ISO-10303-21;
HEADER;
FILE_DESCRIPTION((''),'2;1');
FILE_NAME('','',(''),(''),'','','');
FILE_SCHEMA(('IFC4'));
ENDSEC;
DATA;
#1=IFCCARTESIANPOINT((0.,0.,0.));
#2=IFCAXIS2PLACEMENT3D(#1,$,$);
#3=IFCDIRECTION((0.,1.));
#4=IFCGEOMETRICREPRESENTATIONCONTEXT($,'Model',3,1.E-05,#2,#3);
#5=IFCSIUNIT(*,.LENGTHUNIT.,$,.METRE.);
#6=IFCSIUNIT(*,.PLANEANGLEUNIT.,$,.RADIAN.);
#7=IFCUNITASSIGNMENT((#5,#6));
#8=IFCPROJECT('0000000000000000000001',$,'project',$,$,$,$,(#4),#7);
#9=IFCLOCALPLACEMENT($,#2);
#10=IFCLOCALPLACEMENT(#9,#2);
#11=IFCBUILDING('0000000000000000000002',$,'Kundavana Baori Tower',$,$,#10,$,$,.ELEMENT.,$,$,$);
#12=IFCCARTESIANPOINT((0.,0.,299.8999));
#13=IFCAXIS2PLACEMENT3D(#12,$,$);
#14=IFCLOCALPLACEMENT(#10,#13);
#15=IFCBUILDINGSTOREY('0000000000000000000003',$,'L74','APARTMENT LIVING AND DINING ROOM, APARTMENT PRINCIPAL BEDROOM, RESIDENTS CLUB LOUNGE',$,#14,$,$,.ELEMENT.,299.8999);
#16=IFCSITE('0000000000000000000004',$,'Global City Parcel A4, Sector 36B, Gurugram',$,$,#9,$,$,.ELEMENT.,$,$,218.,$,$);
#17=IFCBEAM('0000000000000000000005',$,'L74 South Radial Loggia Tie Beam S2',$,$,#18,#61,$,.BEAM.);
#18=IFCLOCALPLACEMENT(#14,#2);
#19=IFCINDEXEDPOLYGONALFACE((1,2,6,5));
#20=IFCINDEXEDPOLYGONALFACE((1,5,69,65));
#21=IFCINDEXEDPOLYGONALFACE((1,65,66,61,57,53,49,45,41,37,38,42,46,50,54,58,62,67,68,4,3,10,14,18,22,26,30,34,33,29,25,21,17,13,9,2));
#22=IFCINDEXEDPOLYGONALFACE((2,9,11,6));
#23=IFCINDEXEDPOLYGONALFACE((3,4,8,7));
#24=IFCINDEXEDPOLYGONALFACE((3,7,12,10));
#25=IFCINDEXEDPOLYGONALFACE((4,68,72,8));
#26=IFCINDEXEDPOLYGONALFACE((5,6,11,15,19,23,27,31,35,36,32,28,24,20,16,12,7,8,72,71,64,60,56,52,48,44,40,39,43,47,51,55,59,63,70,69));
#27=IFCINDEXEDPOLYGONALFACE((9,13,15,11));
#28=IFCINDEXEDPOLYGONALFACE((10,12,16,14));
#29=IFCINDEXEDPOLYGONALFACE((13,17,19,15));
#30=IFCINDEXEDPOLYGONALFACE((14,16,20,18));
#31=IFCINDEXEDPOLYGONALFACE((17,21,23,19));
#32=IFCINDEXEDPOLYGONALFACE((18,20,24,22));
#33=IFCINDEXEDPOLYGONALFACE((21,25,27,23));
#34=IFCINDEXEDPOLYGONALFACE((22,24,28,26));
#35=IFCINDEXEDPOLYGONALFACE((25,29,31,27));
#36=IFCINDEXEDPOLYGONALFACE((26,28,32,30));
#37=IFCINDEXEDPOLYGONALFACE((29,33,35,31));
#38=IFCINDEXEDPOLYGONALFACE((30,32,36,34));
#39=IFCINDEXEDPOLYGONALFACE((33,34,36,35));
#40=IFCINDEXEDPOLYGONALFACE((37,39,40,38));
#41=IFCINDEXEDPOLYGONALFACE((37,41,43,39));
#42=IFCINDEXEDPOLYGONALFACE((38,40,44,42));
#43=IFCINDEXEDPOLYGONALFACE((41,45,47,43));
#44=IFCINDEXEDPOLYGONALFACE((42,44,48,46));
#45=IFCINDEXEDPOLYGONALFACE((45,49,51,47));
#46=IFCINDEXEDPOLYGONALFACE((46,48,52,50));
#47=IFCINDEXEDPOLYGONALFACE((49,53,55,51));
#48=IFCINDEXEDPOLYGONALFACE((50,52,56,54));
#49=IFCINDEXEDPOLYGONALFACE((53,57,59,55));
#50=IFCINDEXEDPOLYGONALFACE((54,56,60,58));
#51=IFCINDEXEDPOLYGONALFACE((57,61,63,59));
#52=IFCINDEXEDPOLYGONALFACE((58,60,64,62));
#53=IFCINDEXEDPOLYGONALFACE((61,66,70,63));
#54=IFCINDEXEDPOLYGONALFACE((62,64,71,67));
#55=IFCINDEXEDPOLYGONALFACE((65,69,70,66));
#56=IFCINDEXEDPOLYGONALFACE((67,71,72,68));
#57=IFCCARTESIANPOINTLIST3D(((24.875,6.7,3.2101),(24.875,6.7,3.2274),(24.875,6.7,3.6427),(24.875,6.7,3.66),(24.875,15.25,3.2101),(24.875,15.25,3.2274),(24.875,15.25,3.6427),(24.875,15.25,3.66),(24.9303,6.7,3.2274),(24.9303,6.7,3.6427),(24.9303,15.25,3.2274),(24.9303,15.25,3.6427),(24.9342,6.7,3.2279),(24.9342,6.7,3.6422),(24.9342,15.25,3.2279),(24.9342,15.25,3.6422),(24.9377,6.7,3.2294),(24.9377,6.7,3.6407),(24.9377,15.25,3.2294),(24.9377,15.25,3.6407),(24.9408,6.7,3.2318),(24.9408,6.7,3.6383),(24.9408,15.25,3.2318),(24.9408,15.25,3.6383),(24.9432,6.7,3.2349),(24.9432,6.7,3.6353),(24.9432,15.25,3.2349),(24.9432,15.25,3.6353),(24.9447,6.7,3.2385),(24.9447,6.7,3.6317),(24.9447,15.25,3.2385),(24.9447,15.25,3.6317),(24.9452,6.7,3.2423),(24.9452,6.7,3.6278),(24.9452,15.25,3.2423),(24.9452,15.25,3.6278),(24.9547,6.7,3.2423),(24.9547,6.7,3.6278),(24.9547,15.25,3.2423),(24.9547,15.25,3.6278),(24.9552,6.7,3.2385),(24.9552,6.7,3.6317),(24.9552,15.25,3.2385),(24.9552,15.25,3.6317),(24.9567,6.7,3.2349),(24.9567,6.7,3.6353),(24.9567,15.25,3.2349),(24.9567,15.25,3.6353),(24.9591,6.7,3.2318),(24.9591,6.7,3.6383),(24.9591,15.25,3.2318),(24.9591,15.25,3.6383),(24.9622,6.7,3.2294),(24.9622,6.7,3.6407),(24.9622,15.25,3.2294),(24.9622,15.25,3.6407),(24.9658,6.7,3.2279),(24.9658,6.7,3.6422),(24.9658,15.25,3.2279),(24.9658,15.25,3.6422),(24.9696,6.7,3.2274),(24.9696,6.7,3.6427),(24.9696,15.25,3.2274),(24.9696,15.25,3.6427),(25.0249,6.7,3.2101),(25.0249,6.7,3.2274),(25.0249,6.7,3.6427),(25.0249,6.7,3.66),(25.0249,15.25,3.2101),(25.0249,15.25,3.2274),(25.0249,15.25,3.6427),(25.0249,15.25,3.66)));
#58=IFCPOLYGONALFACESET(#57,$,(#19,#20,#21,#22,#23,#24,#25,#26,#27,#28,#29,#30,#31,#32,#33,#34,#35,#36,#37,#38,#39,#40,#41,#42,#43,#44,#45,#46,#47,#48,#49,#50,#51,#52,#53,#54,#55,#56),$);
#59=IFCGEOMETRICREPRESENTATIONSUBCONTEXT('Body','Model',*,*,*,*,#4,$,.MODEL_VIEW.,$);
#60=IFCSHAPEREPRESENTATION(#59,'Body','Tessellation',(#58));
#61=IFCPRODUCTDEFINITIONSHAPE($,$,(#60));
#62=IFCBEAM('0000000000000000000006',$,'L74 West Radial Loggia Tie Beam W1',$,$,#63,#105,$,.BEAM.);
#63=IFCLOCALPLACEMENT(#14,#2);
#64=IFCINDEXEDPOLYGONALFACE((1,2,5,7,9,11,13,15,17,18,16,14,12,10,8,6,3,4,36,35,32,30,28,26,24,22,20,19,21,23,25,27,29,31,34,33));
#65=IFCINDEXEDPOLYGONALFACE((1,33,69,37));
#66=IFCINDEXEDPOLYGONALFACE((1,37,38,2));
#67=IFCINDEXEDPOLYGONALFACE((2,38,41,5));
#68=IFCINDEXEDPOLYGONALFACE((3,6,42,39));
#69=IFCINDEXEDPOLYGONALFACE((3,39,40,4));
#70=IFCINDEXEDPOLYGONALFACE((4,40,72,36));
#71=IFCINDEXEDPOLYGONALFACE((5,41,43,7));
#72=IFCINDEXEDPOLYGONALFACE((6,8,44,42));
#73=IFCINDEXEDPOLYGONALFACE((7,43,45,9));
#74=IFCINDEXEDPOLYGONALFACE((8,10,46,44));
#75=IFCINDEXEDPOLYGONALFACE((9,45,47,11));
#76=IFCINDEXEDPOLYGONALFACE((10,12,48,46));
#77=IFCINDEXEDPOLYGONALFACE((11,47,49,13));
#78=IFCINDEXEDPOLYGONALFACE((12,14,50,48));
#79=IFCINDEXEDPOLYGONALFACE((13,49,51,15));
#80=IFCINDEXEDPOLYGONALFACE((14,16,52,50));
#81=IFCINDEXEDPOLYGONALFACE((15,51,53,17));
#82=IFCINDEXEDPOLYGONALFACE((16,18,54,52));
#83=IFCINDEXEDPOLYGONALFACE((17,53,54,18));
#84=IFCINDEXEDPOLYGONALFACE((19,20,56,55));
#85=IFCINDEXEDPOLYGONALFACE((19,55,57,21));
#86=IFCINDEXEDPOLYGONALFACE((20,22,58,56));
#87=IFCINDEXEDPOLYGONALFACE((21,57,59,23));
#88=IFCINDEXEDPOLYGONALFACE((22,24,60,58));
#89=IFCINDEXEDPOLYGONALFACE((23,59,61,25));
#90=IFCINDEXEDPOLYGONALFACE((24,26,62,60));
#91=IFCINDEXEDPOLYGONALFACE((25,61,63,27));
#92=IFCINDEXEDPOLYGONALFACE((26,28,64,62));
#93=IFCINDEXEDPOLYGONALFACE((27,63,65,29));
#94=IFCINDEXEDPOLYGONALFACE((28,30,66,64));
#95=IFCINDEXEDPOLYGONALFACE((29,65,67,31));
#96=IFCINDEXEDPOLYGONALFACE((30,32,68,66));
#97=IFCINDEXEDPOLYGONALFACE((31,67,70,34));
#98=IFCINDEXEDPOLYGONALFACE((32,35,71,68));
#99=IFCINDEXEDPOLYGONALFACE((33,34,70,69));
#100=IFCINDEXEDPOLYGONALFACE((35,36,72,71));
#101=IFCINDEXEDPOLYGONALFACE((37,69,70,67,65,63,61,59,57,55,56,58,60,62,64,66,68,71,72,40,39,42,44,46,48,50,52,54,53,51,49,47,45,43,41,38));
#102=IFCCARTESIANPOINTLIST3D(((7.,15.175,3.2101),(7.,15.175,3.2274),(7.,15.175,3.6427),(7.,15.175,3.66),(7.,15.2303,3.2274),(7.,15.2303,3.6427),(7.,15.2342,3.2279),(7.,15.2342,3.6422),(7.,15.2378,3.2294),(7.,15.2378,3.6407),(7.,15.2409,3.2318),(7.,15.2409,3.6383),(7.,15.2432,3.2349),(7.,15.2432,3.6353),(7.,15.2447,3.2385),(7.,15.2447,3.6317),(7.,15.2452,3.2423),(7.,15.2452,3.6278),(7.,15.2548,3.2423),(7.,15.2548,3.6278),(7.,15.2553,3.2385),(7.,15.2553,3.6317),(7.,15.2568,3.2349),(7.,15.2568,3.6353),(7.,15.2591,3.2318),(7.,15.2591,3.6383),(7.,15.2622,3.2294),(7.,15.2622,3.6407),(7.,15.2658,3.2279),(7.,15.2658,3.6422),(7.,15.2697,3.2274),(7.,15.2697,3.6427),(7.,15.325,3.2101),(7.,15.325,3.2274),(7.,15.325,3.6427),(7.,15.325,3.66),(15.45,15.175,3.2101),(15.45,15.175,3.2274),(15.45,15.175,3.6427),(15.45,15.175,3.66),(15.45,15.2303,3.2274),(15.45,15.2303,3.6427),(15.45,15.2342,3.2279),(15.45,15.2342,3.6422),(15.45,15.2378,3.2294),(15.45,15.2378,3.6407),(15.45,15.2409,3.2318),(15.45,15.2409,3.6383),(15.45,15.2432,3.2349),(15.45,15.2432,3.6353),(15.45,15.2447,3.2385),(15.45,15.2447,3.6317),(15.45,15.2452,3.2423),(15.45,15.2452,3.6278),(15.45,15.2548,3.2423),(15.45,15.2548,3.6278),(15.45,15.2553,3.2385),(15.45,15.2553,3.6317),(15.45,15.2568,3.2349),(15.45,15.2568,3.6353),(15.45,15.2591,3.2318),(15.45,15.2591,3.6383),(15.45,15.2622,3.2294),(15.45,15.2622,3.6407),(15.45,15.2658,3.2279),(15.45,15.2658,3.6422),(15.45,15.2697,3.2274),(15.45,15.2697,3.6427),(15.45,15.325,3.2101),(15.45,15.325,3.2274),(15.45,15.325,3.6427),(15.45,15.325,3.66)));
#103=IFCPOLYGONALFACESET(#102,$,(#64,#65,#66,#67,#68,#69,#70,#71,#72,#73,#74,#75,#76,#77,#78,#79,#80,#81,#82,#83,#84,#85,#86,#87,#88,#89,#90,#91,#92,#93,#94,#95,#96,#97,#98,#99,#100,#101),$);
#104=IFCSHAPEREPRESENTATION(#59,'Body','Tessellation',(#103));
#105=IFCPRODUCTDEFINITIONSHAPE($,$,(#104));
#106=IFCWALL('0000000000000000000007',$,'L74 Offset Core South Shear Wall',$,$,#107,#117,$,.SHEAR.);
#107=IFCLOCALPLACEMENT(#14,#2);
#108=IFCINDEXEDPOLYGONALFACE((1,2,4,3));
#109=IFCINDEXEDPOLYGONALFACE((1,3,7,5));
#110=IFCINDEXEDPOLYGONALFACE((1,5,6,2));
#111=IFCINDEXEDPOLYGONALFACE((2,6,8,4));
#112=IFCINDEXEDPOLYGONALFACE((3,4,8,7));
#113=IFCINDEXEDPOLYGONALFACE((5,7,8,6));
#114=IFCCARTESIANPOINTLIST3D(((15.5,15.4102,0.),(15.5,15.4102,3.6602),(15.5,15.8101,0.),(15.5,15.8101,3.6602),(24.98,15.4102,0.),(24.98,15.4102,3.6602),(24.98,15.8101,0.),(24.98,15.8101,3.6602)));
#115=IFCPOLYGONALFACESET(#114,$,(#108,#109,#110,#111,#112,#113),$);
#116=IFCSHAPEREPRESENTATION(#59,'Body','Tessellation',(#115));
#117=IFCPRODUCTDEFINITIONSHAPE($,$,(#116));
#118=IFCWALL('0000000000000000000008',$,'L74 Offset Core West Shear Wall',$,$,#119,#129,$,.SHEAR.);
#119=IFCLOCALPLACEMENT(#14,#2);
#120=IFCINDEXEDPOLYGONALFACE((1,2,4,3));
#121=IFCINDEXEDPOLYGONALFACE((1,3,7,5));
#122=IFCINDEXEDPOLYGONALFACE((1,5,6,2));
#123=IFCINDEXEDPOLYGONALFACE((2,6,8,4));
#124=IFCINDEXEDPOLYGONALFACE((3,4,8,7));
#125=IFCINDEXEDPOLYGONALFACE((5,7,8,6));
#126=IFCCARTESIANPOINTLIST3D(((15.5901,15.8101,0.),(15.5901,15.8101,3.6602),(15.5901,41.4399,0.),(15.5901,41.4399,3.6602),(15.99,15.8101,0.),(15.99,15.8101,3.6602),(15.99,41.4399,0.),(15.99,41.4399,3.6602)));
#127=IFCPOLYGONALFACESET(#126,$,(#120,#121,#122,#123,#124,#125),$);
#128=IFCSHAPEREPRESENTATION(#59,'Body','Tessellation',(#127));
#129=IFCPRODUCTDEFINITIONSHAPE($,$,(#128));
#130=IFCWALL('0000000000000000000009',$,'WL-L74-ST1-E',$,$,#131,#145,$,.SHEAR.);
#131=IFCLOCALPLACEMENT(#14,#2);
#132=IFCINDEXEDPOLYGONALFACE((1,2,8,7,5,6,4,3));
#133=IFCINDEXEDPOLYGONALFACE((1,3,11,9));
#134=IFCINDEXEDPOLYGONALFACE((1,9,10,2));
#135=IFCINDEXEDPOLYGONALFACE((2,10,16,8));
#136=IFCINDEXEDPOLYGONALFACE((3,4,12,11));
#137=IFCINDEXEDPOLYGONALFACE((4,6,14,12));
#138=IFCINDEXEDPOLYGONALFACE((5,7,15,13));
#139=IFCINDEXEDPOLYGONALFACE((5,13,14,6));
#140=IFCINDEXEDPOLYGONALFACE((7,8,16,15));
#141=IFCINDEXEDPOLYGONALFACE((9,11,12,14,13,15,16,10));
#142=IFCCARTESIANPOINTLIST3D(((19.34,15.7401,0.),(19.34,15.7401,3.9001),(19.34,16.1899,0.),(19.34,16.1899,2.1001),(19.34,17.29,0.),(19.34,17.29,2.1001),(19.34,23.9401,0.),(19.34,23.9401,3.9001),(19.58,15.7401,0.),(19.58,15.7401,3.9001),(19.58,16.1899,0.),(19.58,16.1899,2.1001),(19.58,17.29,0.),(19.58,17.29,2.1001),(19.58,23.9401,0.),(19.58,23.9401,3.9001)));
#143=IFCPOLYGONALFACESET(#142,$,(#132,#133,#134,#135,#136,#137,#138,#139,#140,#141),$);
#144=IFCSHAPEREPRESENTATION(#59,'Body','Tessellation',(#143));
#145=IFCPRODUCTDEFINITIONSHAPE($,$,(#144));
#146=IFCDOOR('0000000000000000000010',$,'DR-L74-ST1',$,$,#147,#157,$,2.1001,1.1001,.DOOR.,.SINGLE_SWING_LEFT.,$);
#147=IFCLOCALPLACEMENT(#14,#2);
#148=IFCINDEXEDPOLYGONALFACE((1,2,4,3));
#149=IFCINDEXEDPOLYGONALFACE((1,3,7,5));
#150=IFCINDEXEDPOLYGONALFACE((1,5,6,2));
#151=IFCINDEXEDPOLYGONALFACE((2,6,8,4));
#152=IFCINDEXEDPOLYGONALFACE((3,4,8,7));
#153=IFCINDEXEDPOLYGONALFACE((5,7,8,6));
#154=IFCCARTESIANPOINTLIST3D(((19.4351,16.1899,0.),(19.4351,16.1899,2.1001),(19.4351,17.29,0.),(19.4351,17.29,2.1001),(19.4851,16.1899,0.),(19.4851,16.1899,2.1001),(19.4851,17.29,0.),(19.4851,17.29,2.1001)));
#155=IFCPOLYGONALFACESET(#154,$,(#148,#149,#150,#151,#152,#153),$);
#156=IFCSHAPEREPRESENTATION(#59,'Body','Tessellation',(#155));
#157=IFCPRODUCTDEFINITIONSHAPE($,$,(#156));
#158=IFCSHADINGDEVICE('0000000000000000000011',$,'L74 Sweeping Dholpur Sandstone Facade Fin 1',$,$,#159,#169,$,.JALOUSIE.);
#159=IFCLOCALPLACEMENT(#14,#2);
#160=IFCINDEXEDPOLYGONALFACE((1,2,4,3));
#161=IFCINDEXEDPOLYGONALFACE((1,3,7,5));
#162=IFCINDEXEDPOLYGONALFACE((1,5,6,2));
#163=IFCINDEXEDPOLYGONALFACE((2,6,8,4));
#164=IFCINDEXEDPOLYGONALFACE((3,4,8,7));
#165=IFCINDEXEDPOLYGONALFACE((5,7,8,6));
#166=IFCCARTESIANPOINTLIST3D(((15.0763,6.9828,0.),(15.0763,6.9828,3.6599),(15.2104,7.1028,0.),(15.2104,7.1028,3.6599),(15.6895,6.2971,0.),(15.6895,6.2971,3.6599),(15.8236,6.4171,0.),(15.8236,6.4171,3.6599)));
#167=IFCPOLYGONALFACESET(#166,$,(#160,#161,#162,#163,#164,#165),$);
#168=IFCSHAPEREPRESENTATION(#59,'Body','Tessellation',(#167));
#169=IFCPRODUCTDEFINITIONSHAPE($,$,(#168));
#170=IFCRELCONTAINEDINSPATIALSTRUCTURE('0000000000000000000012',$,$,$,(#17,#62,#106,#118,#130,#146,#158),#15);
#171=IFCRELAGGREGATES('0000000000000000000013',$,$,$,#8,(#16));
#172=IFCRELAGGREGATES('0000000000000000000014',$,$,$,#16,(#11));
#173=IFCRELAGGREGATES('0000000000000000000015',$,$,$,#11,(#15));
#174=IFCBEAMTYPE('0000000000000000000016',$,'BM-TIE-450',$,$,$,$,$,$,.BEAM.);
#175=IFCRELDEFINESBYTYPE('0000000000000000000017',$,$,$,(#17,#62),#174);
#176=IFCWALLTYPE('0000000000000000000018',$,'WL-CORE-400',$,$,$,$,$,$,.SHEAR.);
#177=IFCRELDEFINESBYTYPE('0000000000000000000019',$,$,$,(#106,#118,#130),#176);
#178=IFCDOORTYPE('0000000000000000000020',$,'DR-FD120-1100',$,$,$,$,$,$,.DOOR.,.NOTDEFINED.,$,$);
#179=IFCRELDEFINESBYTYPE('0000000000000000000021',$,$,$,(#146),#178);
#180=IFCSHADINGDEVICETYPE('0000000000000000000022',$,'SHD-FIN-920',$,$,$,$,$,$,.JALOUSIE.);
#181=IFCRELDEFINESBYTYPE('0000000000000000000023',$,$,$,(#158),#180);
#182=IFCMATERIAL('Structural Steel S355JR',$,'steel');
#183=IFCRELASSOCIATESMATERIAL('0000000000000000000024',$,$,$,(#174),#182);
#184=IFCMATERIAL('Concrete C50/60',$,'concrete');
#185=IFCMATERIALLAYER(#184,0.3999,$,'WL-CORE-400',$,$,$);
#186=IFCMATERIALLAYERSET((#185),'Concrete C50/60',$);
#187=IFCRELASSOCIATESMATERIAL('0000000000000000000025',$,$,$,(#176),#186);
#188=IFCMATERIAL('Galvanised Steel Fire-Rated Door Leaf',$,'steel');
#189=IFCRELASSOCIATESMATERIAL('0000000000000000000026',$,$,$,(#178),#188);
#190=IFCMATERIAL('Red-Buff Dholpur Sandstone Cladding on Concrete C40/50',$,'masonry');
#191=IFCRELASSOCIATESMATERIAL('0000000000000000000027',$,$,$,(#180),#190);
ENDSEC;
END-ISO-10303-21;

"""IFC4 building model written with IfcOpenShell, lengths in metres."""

from ifc_helpers import new_model, si_unit, direction, frame, frame_2d, origin, origin_2d, place, context, subcontext, project, spatial, rectangle, i_section, extrude, material, layer, layer_set, material_profile, profile_set, type_object, element, fill, save


model = new_model("IFC4")

# Units and contexts
model_context = context("Model", 3, precision=1e-05, world=origin(), true_north=direction((0.0, 1.0)))
body_context = subcontext(model_context, "Body", "Model", "MODEL_VIEW")
ifc_project = project(units=[si_unit("LENGTHUNIT", "METRE"), si_unit("PLANEANGLEUNIT", "RADIAN")], contexts=[model_context])

# Site, building, storey
site_placement = place(None, origin())
site = spatial("IfcSite", under=ifc_project, at=site_placement, Name="Global City Parcel A4, Sector 36B, Gurugram", CompositionType="ELEMENT", RefElevation=218.0)
building_placement = place(site_placement, origin())
building = spatial("IfcBuilding", under=site, at=building_placement, Name="Kundavana Baori Tower", CompositionType="ELEMENT")
storey_placement = place(building_placement, frame((0.0, 0.0, 299.8999)))
storey = spatial("IfcBuildingStorey", under=building, at=storey_placement, Name="L74", Description="APARTMENT LIVING AND DINING ROOM, APARTMENT PRINCIPAL BEDROOM, RESIDENTS CLUB LOUNGE", CompositionType="ELEMENT", Elevation=299.8999)

# Beams
ifc_material_1 = material(Name="Structural Steel S355JR", Category="steel")
ifc_material_profile_1 = material_profile(ifc_material_1, i_section(OverallWidth=0.1499, OverallDepth=0.45, WebThickness=0.0095, FlangeThickness=0.0173, FilletRadius=0.0149, at=origin_2d()), Name="ISMB 450")
ifc_profile_set_1 = profile_set([ifc_material_profile_1], Name="Structural Steel S355JR")
beam_type_1 = type_object("IfcBeamType", Name="BM-TIE-450", PredefinedType="BEAM", material=ifc_profile_set_1)
for number, where, z_axis, x_axis, name in (
    (1, (24.95, 15.25, 3.4351), (0.0, -1.0, 0.0), (1.0, 0.0, 0.0), "L74 South Radial Loggia Tie Beam S2"),
):
    element("IfcBeam", number, at=place(storey_placement, frame(where, z_axis=z_axis, x_axis=x_axis)), inside=storey, type_object=beam_type_1, Name=name, PredefinedType="BEAM", context=body_context, shape_type="SweptSolid", body=[
        extrude(i_section(OverallWidth=0.1499, OverallDepth=0.45, WebThickness=0.0095, FlangeThickness=0.0173, FilletRadius=0.0149, at=origin_2d()), origin(), (0.0, 0.0, 1.0), 8.55),
    ])
beam_1_placement = place(storey_placement, frame((15.45, 15.25, 3.4351), z_axis=(-1.0, 0.0, 0.0), x_axis=(0.0, -1.0, 0.0)))
element("IfcBeam", 2, at=beam_1_placement, inside=storey, type_object=beam_type_1, Name="L74 West Radial Loggia Tie Beam W1", PredefinedType="BEAM", context=body_context, shape_type="SweptSolid", body=[
    extrude(i_section(OverallWidth=0.1499, OverallDepth=0.45, WebThickness=0.0095, FlangeThickness=0.0173, FilletRadius=0.0149, at=origin_2d()), origin(), (0.0, 0.0, 1.0), 8.45),
])

# Walls
ifc_material_2 = material(Name="Concrete C50/60", Category="concrete")
ifc_layer = layer(ifc_material_2, 0.3999, Name="WL-CORE-400")
ifc_layer_set = layer_set([ifc_layer], Name="Concrete C50/60")
wall_type = type_object("IfcWallType", Name="WL-CORE-400", PredefinedType="SHEAR", material=ifc_layer_set)
wall_1_placement = place(storey_placement, frame((15.5, 15.6101, 0.0), z_axis=(0.0, 0.0, 1.0), x_axis=(1.0, 0.0, 0.0)))
element("IfcWall", 3, at=wall_1_placement, inside=storey, type_object=wall_type, Name="L74 Offset Core South Shear Wall", PredefinedType="SHEAR", context=body_context, shape_type="SweptSolid", body=[
    extrude(rectangle(XDim=9.48, YDim=0.3999, at=frame_2d((4.74, 0.0))), origin(), (0.0, 0.0, 1.0), 3.6602),
])
wall_2_placement = place(storey_placement, frame((15.79, 15.8101, 0.0), z_axis=(0.0, 0.0, 1.0), x_axis=(0.0, 1.0, 0.0)))
element("IfcWall", 4, at=wall_2_placement, inside=storey, type_object=wall_type, Name="L74 Offset Core West Shear Wall", PredefinedType="SHEAR", context=body_context, shape_type="SweptSolid", body=[
    extrude(rectangle(XDim=25.6299, YDim=0.3999, at=frame_2d((12.8149, 0.0))), origin(), (0.0, 0.0, 1.0), 3.6602),
])

# Wall, opening, door
wall_3_placement = place(storey_placement, frame((19.46, 15.74, 0.0), z_axis=(0.0, 0.0, 1.0), x_axis=(0.0, 1.0, 0.0)))
wall_3 = element("IfcWall", 5, at=wall_3_placement, inside=storey, type_object=wall_type, Name="WL-L74-ST1-E", PredefinedType="SHEAR", context=body_context, shape_type="SweptSolid", body=[
    extrude(rectangle(XDim=8.2, YDim=0.24, at=frame_2d((4.1001, 0.0))), origin(), (0.0, 0.0, 1.0), 3.9001),
])
opening_1_placement = place(wall_3_placement, frame((0.45, 0.0, 0.0)))
opening_1 = element("IfcOpeningElement", 6, at=opening_1_placement, cuts=wall_3, PredefinedType="OPENING", context=body_context, shape_type="SweptSolid", body=[
    extrude(rectangle(XDim=1.1001, YDim=2.1001, at=frame_2d((0.55, 1.05))), frame((0.0, 0.1299, 0.0), z_axis=(0.0, -1.0, 0.0), x_axis=(1.0, 0.0, 0.0)), (0.0, 0.0, 1.0), 0.26),
])
ifc_material_3 = material(Name="Galvanised Steel Fire-Rated Door Leaf", Category="steel")
door_type_1 = type_object("IfcDoorType", Name="DR-FD120-1100", OperationType="NOTDEFINED", PredefinedType="DOOR", material=ifc_material_3)
door_1_placement = place(opening_1_placement, origin())
door_1 = element("IfcDoor", 7, at=door_1_placement, inside=storey, type_object=door_type_1, Name="DR-L74-ST1", OperationType="SINGLE_SWING_LEFT", OverallHeight=2.1001, OverallWidth=1.1001, PredefinedType="DOOR", context=body_context, shape_type="SweptSolid", body=[
    extrude(rectangle(XDim=1.1001, YDim=2.1001, at=frame_2d((0.55, 1.05))), frame((0.0, 0.0249, 0.0), z_axis=(0.0, -1.0, 0.0), x_axis=(1.0, 0.0, 0.0)), (0.0, 0.0, 1.0), 0.05),
])
fill(opening_1, door_1)

# Shading device
ifc_material_4 = material(Name="Red-Buff Dholpur Sandstone Cladding on Concrete C40/50", Category="masonry")
shading_device_type = type_object("IfcShadingDeviceType", Name="SHD-FIN-920", PredefinedType="JALOUSIE", material=ifc_material_4)
shading_device_placement = place(storey_placement, frame((15.45, 6.7, 0.0), z_axis=(0.0, 0.0, 1.0), x_axis=(0.74536, 0.666663, 0.0)))
element("IfcShadingDevice", 8, at=shading_device_placement, inside=storey, type_object=shading_device_type, Name="L74 Sweeping Dholpur Sandstone Facade Fin 1", PredefinedType="JALOUSIE", context=body_context, shape_type="SweptSolid", body=[
    extrude(rectangle(XDim=0.1799, YDim=0.9199, at=origin_2d()), origin(), (0.0, 0.0, 1.0), 3.6599),
])

save(model, "model.ifc")
